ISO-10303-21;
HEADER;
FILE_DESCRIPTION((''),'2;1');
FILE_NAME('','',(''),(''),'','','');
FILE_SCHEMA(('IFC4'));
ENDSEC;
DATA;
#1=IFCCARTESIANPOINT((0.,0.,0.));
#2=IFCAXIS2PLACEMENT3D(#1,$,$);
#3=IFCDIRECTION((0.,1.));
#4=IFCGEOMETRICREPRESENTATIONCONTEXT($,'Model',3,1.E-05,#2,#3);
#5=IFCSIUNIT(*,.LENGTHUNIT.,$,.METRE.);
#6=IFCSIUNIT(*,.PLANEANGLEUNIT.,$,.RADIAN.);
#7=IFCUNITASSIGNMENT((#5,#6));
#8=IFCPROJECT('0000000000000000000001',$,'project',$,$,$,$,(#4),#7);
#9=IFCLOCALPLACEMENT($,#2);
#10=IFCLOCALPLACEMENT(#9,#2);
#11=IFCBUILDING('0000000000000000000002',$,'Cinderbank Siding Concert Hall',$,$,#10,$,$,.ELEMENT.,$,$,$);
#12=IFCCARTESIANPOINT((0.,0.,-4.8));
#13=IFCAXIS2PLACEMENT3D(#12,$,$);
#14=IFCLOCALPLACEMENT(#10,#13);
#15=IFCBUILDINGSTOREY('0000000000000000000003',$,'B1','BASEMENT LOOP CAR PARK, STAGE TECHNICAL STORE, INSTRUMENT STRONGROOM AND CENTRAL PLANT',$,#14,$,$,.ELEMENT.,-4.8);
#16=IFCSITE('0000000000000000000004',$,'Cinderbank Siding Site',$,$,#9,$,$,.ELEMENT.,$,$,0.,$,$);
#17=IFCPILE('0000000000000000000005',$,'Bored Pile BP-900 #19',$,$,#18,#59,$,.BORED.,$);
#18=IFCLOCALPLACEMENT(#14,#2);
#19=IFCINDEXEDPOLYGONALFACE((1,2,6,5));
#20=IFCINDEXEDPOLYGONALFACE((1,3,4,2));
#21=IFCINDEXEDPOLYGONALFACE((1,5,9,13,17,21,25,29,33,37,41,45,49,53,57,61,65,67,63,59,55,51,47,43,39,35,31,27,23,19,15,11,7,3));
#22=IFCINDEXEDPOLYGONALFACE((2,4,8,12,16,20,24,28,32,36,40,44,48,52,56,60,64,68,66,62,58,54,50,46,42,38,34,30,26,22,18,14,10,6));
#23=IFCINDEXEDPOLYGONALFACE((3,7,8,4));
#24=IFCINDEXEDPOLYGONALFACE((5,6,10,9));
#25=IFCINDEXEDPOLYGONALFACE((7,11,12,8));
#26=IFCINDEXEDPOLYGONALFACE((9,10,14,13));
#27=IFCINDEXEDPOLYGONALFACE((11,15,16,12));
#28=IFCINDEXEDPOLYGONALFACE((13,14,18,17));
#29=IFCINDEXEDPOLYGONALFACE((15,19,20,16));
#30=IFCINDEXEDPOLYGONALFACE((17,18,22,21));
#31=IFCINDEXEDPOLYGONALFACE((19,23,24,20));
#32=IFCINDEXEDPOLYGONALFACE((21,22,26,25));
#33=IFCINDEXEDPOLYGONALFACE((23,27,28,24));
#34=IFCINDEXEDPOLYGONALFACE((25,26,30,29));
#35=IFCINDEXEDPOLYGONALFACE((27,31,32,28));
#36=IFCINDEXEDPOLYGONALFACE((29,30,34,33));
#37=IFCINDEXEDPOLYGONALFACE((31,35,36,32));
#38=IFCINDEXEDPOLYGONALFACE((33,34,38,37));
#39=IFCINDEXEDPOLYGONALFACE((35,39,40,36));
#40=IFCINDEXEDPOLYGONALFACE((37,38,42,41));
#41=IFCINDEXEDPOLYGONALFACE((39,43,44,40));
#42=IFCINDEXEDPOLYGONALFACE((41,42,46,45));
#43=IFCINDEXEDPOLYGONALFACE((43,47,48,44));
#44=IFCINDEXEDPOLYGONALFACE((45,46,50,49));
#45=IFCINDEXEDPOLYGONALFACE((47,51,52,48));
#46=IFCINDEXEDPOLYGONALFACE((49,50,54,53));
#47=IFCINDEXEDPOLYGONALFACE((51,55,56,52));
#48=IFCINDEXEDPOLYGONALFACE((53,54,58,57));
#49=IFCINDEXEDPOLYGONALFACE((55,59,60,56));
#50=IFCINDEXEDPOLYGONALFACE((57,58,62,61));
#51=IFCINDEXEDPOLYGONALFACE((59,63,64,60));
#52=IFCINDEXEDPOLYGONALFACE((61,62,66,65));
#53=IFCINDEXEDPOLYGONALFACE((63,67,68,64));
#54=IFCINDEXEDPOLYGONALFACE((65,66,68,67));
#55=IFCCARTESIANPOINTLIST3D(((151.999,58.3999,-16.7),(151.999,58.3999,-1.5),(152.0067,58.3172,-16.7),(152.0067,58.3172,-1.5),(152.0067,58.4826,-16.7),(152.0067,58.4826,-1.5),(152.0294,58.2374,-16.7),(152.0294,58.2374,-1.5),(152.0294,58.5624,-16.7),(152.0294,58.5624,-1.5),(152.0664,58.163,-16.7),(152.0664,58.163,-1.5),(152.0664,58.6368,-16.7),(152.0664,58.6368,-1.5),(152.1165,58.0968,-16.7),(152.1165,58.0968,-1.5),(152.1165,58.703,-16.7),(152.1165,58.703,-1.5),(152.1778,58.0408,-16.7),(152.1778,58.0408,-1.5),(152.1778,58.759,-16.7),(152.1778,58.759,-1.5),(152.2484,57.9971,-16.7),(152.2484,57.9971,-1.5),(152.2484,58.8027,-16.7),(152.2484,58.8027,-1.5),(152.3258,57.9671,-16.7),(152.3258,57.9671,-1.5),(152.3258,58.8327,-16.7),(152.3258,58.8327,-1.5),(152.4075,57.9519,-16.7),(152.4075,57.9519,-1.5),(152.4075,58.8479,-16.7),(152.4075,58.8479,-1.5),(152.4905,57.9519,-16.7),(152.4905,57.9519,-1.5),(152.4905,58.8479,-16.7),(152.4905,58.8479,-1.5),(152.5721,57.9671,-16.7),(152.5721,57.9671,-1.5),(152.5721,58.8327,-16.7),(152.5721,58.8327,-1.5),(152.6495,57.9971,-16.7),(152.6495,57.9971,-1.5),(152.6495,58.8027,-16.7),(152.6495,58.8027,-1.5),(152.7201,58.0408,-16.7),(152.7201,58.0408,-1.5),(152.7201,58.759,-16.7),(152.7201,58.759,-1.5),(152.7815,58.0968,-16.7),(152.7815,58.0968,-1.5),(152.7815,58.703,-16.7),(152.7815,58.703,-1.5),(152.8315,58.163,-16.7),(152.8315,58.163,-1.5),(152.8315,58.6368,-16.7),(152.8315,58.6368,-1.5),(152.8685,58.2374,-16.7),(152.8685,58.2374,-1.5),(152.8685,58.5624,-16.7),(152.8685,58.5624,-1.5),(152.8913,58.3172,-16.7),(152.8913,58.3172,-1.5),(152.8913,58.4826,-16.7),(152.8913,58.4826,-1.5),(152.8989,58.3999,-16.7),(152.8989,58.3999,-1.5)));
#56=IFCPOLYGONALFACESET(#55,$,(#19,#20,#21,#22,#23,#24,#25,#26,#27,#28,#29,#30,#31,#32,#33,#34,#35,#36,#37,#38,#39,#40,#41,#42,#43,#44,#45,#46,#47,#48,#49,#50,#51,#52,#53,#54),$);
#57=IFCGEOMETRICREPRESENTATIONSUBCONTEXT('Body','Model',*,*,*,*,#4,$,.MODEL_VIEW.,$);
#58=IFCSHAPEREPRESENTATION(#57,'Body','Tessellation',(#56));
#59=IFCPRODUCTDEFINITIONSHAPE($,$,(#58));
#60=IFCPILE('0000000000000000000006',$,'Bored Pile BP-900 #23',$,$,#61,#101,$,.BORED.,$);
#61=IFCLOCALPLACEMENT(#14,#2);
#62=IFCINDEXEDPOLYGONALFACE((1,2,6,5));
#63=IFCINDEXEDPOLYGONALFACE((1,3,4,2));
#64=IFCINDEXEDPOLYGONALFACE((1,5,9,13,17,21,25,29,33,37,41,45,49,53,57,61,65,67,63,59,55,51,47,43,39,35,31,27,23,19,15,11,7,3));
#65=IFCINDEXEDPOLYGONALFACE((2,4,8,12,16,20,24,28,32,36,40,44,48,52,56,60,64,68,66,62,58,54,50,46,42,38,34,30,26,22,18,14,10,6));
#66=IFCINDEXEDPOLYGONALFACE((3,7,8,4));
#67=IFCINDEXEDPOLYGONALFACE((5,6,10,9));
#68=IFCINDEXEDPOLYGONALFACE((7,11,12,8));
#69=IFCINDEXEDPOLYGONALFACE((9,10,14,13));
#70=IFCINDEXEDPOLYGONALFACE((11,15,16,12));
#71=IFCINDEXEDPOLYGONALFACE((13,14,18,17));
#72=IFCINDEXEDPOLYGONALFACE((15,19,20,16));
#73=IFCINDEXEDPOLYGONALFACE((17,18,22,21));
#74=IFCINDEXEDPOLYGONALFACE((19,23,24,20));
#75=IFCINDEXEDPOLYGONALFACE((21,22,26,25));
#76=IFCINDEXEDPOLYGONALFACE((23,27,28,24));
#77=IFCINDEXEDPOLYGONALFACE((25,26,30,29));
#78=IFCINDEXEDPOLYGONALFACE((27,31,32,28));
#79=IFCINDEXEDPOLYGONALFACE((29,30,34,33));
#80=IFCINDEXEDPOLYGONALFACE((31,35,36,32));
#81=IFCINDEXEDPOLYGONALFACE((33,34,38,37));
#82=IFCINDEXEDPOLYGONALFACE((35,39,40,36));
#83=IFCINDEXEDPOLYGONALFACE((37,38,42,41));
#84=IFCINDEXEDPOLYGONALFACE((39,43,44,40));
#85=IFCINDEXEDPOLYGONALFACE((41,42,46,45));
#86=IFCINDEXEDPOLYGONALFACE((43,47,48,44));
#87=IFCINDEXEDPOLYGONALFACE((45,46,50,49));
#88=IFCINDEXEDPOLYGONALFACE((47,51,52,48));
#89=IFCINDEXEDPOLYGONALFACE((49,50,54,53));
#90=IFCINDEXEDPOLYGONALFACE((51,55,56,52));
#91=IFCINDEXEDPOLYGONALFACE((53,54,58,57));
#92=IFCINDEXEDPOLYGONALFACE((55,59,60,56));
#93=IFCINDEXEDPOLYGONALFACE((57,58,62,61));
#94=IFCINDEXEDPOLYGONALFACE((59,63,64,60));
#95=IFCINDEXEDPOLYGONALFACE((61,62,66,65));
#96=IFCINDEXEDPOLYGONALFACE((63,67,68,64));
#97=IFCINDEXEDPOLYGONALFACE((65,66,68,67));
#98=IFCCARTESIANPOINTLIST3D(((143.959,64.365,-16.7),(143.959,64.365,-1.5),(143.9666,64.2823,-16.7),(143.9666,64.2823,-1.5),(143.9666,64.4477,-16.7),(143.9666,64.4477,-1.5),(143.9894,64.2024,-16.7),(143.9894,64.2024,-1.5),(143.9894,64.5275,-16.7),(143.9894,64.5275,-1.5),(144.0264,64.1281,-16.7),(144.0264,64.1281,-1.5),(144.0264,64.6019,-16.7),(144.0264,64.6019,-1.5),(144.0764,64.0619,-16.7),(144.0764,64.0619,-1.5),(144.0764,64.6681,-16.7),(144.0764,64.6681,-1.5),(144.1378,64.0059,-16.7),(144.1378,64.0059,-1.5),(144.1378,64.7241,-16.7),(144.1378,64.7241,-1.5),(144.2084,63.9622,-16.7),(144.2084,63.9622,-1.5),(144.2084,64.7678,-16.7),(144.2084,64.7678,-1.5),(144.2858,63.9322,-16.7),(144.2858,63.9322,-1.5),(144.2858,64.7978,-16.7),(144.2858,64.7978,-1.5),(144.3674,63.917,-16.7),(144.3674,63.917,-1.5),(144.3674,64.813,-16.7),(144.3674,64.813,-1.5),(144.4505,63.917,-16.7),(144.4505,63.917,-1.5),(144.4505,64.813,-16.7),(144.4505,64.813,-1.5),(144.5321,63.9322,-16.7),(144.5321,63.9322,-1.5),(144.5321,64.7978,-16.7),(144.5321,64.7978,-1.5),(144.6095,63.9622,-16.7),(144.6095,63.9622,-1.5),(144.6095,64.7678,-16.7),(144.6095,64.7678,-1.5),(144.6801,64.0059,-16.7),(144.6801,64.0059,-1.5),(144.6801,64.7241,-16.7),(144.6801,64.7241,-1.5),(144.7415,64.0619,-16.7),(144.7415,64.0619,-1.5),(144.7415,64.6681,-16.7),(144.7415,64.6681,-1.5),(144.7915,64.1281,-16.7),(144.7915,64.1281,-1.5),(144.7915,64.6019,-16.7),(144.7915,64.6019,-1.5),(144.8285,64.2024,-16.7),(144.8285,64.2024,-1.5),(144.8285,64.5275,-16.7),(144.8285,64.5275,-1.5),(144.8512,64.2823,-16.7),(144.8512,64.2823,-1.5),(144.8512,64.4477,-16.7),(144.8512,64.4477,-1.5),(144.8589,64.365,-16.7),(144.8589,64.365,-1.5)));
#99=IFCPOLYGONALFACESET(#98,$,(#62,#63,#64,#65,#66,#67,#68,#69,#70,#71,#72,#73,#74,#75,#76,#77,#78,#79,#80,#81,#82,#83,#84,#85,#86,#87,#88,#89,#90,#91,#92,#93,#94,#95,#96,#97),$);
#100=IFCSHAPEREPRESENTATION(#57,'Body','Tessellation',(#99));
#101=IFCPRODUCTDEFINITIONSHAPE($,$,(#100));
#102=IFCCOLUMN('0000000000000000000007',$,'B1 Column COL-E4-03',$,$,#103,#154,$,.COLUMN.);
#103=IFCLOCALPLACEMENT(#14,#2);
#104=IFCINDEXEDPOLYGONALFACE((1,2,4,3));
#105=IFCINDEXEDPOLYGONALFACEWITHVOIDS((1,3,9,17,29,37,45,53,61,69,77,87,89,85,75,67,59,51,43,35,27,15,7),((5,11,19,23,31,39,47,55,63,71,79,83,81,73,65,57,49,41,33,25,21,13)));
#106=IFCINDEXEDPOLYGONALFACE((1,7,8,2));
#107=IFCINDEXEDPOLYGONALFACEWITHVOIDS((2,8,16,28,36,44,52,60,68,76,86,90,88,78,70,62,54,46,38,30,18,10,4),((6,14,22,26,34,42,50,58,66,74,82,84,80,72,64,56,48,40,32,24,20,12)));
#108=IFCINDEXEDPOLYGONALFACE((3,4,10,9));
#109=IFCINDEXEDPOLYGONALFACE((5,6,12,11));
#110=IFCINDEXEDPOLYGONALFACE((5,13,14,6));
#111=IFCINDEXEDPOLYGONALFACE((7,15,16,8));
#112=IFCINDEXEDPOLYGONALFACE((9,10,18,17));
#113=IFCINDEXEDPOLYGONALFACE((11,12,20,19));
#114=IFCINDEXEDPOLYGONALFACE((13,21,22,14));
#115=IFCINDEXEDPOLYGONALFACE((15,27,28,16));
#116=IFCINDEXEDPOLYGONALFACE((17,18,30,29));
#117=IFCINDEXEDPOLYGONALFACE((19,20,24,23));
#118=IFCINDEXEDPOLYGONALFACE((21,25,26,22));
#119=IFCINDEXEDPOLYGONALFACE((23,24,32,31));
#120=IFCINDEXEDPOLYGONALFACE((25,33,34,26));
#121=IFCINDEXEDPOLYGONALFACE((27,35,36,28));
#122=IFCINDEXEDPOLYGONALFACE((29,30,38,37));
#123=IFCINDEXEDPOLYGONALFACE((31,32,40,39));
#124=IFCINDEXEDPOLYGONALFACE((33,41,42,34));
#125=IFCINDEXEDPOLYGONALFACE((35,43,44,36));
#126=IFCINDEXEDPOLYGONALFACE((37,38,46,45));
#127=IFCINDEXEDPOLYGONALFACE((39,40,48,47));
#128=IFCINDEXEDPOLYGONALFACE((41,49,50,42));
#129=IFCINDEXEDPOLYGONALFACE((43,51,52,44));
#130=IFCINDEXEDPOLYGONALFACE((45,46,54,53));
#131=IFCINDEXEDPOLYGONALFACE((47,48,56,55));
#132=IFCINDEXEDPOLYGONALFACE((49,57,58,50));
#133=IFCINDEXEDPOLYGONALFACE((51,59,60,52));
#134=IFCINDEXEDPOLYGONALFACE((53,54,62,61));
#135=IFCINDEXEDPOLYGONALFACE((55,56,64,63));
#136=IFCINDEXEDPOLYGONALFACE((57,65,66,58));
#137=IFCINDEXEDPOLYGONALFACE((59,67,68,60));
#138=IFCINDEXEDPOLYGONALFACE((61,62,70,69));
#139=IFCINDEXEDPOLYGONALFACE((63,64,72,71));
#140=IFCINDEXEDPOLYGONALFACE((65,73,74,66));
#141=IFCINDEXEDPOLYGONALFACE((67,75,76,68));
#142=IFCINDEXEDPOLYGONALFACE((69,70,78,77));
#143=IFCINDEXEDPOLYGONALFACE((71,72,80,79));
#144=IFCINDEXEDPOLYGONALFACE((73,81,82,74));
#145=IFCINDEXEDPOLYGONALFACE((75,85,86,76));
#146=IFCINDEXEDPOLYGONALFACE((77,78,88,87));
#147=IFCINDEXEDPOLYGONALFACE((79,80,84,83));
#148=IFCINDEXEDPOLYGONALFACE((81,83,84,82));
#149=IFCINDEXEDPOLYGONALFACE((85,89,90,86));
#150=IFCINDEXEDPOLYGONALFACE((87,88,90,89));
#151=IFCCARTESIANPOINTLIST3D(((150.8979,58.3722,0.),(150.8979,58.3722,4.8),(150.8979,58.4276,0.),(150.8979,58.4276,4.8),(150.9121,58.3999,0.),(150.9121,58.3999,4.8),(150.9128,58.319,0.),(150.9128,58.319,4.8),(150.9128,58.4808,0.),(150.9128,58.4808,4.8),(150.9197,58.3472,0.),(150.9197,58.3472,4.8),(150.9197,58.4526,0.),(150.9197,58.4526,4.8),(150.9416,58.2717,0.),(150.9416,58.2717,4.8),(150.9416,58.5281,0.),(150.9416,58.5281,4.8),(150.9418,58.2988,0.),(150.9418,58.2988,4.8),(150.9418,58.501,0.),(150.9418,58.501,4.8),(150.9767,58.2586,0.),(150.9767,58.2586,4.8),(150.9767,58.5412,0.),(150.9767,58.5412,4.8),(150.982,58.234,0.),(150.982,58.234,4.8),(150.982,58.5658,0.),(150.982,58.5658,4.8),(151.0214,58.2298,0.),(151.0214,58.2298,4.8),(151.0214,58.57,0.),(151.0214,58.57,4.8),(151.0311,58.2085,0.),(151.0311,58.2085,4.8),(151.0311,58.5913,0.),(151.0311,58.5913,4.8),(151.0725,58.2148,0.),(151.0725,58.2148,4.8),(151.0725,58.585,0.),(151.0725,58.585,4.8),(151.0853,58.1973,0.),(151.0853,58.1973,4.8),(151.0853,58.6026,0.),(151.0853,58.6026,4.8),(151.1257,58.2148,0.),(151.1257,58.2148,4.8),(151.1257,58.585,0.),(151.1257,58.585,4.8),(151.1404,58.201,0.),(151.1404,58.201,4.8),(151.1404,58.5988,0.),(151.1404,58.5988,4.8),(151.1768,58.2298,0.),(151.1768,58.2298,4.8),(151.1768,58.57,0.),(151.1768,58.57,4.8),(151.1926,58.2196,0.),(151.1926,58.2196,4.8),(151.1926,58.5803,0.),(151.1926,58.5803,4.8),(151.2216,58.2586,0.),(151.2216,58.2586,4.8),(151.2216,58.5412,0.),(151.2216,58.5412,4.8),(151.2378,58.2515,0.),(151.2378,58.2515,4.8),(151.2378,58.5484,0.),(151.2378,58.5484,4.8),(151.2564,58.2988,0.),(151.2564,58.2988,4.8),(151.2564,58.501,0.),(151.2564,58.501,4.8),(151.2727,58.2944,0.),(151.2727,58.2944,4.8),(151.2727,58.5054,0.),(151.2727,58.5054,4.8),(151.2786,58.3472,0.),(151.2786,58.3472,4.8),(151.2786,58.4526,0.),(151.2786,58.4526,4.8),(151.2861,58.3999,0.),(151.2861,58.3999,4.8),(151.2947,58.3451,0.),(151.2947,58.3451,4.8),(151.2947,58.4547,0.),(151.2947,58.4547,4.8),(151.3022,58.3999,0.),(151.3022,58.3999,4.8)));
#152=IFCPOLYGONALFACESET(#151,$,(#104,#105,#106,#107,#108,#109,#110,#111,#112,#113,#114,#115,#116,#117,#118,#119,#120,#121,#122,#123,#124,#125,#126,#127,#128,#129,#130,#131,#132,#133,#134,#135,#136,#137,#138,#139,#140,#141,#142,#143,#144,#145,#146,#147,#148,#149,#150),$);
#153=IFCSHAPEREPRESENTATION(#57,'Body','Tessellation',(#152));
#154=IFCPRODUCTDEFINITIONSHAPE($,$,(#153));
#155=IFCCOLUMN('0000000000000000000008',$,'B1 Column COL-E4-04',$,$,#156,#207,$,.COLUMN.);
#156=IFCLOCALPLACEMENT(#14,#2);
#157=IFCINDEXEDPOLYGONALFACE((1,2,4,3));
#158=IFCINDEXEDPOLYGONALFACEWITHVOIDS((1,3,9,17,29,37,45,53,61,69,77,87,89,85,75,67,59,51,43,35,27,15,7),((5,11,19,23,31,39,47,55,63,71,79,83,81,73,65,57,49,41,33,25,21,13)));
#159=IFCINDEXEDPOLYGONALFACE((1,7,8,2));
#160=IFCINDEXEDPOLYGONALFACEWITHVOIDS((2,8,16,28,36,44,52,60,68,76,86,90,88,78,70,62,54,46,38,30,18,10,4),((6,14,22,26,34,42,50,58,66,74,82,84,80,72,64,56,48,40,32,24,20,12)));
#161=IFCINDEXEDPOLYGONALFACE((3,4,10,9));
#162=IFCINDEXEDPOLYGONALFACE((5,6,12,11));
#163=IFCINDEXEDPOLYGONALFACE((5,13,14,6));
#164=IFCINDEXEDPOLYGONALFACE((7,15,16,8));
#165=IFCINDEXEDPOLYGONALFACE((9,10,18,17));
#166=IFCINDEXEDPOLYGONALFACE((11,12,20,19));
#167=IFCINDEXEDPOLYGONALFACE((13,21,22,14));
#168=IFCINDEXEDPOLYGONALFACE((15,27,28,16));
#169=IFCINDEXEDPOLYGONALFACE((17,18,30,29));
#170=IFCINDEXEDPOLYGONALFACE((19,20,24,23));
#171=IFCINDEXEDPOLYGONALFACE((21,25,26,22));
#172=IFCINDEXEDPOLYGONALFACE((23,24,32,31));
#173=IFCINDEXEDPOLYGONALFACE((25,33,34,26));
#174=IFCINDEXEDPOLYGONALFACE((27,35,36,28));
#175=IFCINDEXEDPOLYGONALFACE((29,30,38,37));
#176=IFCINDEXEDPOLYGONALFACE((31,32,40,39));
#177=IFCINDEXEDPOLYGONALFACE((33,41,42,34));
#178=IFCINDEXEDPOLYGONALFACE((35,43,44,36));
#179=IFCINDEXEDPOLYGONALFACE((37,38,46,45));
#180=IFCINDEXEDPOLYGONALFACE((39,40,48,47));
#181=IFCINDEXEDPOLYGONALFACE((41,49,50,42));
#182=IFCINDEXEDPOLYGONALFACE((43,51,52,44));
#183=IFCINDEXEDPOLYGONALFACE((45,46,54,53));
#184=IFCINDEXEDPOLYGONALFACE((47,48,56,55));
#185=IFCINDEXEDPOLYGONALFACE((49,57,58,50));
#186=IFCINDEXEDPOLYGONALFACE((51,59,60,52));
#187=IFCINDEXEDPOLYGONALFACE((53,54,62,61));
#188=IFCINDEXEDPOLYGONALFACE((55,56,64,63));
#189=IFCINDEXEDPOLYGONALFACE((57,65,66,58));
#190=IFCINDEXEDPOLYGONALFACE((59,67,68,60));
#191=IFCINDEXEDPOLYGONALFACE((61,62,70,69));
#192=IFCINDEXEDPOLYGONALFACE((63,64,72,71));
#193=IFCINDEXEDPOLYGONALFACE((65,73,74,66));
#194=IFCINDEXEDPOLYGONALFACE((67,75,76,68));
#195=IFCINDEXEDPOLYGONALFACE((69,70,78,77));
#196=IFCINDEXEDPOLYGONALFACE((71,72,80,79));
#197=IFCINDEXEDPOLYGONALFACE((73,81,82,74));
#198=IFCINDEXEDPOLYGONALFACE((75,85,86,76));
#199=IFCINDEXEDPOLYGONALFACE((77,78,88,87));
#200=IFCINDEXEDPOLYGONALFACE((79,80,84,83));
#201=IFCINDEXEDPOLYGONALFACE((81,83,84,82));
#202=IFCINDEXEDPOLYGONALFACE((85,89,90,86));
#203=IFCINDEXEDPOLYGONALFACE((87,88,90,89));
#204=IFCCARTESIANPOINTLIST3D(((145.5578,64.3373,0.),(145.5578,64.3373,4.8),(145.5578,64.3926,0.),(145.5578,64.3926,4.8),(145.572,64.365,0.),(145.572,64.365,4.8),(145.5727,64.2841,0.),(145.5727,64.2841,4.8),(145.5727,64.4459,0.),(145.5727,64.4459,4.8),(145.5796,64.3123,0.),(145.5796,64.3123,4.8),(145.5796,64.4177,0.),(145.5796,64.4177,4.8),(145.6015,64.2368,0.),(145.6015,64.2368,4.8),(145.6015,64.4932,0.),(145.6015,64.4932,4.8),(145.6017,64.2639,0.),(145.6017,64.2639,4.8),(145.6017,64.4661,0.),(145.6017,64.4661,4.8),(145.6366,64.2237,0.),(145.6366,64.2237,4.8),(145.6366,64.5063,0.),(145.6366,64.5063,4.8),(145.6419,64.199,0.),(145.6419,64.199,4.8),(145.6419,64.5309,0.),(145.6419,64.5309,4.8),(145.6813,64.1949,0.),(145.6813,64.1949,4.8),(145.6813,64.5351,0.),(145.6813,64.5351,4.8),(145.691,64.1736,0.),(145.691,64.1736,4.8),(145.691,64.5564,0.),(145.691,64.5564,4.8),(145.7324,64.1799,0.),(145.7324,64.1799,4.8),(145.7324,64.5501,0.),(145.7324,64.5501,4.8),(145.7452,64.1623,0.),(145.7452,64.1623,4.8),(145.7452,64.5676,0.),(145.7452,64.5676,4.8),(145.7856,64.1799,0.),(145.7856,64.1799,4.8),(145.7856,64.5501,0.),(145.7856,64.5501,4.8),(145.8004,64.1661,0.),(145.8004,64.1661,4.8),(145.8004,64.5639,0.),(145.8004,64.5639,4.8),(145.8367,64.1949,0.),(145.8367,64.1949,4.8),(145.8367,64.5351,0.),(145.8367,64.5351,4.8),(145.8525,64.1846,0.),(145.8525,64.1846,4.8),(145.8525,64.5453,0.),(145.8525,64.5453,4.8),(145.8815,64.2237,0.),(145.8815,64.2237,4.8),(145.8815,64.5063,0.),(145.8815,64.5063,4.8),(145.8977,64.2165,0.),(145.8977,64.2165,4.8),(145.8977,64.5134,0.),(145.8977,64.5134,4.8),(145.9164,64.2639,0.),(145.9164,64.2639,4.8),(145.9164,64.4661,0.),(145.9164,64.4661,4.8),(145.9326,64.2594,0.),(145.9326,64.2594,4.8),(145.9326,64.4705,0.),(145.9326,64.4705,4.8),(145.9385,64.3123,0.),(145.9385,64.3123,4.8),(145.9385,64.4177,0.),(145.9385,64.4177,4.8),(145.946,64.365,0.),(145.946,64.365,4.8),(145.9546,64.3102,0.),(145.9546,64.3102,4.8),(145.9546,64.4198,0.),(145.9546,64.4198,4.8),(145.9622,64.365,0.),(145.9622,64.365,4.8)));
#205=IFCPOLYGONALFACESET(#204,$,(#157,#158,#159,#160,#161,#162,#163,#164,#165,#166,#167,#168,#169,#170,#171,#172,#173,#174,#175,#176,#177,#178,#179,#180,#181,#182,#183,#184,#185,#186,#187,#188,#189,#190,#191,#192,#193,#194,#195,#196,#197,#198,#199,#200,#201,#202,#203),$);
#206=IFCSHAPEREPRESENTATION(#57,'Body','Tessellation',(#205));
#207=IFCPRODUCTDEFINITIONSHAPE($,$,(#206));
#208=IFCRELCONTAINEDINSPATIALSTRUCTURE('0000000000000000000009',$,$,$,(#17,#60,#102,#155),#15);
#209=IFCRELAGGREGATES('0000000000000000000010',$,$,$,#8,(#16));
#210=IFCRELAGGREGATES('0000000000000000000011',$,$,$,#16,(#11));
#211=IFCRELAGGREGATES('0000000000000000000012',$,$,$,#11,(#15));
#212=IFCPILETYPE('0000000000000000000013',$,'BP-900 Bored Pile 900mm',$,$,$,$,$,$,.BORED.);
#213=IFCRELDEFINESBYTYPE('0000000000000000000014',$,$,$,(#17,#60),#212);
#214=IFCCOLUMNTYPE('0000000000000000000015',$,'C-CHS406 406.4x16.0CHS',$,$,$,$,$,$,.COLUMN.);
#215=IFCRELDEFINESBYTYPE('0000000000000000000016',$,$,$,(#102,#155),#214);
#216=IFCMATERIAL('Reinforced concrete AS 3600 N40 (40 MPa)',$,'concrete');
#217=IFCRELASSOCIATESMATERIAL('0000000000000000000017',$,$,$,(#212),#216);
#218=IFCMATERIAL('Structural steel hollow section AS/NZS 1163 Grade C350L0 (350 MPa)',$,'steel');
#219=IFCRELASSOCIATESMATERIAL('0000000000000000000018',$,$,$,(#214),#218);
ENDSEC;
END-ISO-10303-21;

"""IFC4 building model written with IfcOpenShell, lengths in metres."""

from ifc_helpers import new_model, si_unit, direction, frame, origin, origin_2d, place, context, subcontext, project, spatial, circle, hollow_circle, extrude, material, material_profile, profile_set, type_object, element, save


model = new_model("IFC4")

# Units and contexts
model_context = context("Model", 3, precision=1e-05, world=origin(), true_north=direction((0.0, 1.0)))
body_context = subcontext(model_context, "Body", "Model", "MODEL_VIEW")
ifc_project = project(units=[si_unit("LENGTHUNIT", "METRE"), si_unit("PLANEANGLEUNIT", "RADIAN")], contexts=[model_context])

# Site, building, storey
site_placement = place(None, origin())
site = spatial("IfcSite", under=ifc_project, at=site_placement, Name="Cinderbank Siding Site", CompositionType="ELEMENT", RefElevation=0.0)
building_placement = place(site_placement, origin())
building = spatial("IfcBuilding", under=site, at=building_placement, Name="Cinderbank Siding Concert Hall", CompositionType="ELEMENT")
storey_placement = place(building_placement, frame((0.0, 0.0, -4.8)))
storey = spatial("IfcBuildingStorey", under=building, at=storey_placement, Name="B1", Description="BASEMENT LOOP CAR PARK, STAGE TECHNICAL STORE, INSTRUMENT STRONGROOM AND CENTRAL PLANT", CompositionType="ELEMENT", Elevation=-4.8)

# Piles
ifc_material_1 = material(Name="Reinforced concrete AS 3600 N40 (40 MPa)", Category="concrete")
ifc_material_profile_1 = material_profile(ifc_material_1, circle(Radius=0.45, at=origin_2d()), Name="PILE-900DIA", Category="LoadBearing")
ifc_profile_set_1 = profile_set([ifc_material_profile_1], Name="Reinforced concrete AS 3600 N40 (40 MPa)")
pile_type_1 = type_object("IfcPileType", Name="BP-900 Bored Pile 900mm", PredefinedType="BORED", material=ifc_profile_set_1)
for number, where, z_axis, x_axis, name in (
    (1, (152.449, 58.3999, -1.5), (0.0, 0.0, -1.0), (1.0, 0.0, 0.0), "Bored Pile BP-900 #19"),
    (2, (144.4089, 64.365, -1.5), (0.0, 0.0, -1.0), (1.0, 0.0, 0.0), "Bored Pile BP-900 #23"),
):
    element("IfcPile", number, at=place(storey_placement, frame(where, z_axis=z_axis, x_axis=x_axis)), inside=storey, type_object=pile_type_1, Name=name, PredefinedType="BORED", context=body_context, shape_type="SweptSolid", body=[
        extrude(circle(Radius=0.45, at=origin_2d()), origin(), (0.0, 0.0, 1.0), 15.2),
    ])

# Columns
ifc_material_2 = material(Name="Structural steel hollow section AS/NZS 1163 Grade C350L0 (350 MPa)", Category="steel")
ifc_material_profile_2 = material_profile(ifc_material_2, hollow_circle(Radius=0.2031, WallThickness=0.0161, at=origin_2d()), Name="406.4x16.0CHS", Category="LoadBearing")
ifc_profile_set_2 = profile_set([ifc_material_profile_2], Name="Structural steel hollow section AS/NZS 1163 Grade C350L0 (350 MPa)")
column_type_1 = type_object("IfcColumnType", Name="C-CHS406 406.4x16.0CHS", PredefinedType="COLUMN", material=ifc_profile_set_2)
for number, where, z_axis, x_axis, name in (
    (3, (151.0991, 58.3999, 0.0), (0.0, 0.0, 1.0), (1.0, 0.0, 0.0), "B1 Column COL-E4-03"),
    (4, (145.759, 64.365, 0.0), (0.0, 0.0, 1.0), (1.0, 0.0, 0.0), "B1 Column COL-E4-04"),
):
    element("IfcColumn", number, at=place(storey_placement, frame(where, z_axis=z_axis, x_axis=x_axis)), inside=storey, type_object=column_type_1, Name=name, PredefinedType="COLUMN", context=body_context, shape_type="SweptSolid", body=[
        extrude(hollow_circle(Radius=0.2031, WallThickness=0.0161, at=origin_2d()), origin(), (0.0, 0.0, 1.0), 4.8),
    ])

save(model, "model.ifc")
